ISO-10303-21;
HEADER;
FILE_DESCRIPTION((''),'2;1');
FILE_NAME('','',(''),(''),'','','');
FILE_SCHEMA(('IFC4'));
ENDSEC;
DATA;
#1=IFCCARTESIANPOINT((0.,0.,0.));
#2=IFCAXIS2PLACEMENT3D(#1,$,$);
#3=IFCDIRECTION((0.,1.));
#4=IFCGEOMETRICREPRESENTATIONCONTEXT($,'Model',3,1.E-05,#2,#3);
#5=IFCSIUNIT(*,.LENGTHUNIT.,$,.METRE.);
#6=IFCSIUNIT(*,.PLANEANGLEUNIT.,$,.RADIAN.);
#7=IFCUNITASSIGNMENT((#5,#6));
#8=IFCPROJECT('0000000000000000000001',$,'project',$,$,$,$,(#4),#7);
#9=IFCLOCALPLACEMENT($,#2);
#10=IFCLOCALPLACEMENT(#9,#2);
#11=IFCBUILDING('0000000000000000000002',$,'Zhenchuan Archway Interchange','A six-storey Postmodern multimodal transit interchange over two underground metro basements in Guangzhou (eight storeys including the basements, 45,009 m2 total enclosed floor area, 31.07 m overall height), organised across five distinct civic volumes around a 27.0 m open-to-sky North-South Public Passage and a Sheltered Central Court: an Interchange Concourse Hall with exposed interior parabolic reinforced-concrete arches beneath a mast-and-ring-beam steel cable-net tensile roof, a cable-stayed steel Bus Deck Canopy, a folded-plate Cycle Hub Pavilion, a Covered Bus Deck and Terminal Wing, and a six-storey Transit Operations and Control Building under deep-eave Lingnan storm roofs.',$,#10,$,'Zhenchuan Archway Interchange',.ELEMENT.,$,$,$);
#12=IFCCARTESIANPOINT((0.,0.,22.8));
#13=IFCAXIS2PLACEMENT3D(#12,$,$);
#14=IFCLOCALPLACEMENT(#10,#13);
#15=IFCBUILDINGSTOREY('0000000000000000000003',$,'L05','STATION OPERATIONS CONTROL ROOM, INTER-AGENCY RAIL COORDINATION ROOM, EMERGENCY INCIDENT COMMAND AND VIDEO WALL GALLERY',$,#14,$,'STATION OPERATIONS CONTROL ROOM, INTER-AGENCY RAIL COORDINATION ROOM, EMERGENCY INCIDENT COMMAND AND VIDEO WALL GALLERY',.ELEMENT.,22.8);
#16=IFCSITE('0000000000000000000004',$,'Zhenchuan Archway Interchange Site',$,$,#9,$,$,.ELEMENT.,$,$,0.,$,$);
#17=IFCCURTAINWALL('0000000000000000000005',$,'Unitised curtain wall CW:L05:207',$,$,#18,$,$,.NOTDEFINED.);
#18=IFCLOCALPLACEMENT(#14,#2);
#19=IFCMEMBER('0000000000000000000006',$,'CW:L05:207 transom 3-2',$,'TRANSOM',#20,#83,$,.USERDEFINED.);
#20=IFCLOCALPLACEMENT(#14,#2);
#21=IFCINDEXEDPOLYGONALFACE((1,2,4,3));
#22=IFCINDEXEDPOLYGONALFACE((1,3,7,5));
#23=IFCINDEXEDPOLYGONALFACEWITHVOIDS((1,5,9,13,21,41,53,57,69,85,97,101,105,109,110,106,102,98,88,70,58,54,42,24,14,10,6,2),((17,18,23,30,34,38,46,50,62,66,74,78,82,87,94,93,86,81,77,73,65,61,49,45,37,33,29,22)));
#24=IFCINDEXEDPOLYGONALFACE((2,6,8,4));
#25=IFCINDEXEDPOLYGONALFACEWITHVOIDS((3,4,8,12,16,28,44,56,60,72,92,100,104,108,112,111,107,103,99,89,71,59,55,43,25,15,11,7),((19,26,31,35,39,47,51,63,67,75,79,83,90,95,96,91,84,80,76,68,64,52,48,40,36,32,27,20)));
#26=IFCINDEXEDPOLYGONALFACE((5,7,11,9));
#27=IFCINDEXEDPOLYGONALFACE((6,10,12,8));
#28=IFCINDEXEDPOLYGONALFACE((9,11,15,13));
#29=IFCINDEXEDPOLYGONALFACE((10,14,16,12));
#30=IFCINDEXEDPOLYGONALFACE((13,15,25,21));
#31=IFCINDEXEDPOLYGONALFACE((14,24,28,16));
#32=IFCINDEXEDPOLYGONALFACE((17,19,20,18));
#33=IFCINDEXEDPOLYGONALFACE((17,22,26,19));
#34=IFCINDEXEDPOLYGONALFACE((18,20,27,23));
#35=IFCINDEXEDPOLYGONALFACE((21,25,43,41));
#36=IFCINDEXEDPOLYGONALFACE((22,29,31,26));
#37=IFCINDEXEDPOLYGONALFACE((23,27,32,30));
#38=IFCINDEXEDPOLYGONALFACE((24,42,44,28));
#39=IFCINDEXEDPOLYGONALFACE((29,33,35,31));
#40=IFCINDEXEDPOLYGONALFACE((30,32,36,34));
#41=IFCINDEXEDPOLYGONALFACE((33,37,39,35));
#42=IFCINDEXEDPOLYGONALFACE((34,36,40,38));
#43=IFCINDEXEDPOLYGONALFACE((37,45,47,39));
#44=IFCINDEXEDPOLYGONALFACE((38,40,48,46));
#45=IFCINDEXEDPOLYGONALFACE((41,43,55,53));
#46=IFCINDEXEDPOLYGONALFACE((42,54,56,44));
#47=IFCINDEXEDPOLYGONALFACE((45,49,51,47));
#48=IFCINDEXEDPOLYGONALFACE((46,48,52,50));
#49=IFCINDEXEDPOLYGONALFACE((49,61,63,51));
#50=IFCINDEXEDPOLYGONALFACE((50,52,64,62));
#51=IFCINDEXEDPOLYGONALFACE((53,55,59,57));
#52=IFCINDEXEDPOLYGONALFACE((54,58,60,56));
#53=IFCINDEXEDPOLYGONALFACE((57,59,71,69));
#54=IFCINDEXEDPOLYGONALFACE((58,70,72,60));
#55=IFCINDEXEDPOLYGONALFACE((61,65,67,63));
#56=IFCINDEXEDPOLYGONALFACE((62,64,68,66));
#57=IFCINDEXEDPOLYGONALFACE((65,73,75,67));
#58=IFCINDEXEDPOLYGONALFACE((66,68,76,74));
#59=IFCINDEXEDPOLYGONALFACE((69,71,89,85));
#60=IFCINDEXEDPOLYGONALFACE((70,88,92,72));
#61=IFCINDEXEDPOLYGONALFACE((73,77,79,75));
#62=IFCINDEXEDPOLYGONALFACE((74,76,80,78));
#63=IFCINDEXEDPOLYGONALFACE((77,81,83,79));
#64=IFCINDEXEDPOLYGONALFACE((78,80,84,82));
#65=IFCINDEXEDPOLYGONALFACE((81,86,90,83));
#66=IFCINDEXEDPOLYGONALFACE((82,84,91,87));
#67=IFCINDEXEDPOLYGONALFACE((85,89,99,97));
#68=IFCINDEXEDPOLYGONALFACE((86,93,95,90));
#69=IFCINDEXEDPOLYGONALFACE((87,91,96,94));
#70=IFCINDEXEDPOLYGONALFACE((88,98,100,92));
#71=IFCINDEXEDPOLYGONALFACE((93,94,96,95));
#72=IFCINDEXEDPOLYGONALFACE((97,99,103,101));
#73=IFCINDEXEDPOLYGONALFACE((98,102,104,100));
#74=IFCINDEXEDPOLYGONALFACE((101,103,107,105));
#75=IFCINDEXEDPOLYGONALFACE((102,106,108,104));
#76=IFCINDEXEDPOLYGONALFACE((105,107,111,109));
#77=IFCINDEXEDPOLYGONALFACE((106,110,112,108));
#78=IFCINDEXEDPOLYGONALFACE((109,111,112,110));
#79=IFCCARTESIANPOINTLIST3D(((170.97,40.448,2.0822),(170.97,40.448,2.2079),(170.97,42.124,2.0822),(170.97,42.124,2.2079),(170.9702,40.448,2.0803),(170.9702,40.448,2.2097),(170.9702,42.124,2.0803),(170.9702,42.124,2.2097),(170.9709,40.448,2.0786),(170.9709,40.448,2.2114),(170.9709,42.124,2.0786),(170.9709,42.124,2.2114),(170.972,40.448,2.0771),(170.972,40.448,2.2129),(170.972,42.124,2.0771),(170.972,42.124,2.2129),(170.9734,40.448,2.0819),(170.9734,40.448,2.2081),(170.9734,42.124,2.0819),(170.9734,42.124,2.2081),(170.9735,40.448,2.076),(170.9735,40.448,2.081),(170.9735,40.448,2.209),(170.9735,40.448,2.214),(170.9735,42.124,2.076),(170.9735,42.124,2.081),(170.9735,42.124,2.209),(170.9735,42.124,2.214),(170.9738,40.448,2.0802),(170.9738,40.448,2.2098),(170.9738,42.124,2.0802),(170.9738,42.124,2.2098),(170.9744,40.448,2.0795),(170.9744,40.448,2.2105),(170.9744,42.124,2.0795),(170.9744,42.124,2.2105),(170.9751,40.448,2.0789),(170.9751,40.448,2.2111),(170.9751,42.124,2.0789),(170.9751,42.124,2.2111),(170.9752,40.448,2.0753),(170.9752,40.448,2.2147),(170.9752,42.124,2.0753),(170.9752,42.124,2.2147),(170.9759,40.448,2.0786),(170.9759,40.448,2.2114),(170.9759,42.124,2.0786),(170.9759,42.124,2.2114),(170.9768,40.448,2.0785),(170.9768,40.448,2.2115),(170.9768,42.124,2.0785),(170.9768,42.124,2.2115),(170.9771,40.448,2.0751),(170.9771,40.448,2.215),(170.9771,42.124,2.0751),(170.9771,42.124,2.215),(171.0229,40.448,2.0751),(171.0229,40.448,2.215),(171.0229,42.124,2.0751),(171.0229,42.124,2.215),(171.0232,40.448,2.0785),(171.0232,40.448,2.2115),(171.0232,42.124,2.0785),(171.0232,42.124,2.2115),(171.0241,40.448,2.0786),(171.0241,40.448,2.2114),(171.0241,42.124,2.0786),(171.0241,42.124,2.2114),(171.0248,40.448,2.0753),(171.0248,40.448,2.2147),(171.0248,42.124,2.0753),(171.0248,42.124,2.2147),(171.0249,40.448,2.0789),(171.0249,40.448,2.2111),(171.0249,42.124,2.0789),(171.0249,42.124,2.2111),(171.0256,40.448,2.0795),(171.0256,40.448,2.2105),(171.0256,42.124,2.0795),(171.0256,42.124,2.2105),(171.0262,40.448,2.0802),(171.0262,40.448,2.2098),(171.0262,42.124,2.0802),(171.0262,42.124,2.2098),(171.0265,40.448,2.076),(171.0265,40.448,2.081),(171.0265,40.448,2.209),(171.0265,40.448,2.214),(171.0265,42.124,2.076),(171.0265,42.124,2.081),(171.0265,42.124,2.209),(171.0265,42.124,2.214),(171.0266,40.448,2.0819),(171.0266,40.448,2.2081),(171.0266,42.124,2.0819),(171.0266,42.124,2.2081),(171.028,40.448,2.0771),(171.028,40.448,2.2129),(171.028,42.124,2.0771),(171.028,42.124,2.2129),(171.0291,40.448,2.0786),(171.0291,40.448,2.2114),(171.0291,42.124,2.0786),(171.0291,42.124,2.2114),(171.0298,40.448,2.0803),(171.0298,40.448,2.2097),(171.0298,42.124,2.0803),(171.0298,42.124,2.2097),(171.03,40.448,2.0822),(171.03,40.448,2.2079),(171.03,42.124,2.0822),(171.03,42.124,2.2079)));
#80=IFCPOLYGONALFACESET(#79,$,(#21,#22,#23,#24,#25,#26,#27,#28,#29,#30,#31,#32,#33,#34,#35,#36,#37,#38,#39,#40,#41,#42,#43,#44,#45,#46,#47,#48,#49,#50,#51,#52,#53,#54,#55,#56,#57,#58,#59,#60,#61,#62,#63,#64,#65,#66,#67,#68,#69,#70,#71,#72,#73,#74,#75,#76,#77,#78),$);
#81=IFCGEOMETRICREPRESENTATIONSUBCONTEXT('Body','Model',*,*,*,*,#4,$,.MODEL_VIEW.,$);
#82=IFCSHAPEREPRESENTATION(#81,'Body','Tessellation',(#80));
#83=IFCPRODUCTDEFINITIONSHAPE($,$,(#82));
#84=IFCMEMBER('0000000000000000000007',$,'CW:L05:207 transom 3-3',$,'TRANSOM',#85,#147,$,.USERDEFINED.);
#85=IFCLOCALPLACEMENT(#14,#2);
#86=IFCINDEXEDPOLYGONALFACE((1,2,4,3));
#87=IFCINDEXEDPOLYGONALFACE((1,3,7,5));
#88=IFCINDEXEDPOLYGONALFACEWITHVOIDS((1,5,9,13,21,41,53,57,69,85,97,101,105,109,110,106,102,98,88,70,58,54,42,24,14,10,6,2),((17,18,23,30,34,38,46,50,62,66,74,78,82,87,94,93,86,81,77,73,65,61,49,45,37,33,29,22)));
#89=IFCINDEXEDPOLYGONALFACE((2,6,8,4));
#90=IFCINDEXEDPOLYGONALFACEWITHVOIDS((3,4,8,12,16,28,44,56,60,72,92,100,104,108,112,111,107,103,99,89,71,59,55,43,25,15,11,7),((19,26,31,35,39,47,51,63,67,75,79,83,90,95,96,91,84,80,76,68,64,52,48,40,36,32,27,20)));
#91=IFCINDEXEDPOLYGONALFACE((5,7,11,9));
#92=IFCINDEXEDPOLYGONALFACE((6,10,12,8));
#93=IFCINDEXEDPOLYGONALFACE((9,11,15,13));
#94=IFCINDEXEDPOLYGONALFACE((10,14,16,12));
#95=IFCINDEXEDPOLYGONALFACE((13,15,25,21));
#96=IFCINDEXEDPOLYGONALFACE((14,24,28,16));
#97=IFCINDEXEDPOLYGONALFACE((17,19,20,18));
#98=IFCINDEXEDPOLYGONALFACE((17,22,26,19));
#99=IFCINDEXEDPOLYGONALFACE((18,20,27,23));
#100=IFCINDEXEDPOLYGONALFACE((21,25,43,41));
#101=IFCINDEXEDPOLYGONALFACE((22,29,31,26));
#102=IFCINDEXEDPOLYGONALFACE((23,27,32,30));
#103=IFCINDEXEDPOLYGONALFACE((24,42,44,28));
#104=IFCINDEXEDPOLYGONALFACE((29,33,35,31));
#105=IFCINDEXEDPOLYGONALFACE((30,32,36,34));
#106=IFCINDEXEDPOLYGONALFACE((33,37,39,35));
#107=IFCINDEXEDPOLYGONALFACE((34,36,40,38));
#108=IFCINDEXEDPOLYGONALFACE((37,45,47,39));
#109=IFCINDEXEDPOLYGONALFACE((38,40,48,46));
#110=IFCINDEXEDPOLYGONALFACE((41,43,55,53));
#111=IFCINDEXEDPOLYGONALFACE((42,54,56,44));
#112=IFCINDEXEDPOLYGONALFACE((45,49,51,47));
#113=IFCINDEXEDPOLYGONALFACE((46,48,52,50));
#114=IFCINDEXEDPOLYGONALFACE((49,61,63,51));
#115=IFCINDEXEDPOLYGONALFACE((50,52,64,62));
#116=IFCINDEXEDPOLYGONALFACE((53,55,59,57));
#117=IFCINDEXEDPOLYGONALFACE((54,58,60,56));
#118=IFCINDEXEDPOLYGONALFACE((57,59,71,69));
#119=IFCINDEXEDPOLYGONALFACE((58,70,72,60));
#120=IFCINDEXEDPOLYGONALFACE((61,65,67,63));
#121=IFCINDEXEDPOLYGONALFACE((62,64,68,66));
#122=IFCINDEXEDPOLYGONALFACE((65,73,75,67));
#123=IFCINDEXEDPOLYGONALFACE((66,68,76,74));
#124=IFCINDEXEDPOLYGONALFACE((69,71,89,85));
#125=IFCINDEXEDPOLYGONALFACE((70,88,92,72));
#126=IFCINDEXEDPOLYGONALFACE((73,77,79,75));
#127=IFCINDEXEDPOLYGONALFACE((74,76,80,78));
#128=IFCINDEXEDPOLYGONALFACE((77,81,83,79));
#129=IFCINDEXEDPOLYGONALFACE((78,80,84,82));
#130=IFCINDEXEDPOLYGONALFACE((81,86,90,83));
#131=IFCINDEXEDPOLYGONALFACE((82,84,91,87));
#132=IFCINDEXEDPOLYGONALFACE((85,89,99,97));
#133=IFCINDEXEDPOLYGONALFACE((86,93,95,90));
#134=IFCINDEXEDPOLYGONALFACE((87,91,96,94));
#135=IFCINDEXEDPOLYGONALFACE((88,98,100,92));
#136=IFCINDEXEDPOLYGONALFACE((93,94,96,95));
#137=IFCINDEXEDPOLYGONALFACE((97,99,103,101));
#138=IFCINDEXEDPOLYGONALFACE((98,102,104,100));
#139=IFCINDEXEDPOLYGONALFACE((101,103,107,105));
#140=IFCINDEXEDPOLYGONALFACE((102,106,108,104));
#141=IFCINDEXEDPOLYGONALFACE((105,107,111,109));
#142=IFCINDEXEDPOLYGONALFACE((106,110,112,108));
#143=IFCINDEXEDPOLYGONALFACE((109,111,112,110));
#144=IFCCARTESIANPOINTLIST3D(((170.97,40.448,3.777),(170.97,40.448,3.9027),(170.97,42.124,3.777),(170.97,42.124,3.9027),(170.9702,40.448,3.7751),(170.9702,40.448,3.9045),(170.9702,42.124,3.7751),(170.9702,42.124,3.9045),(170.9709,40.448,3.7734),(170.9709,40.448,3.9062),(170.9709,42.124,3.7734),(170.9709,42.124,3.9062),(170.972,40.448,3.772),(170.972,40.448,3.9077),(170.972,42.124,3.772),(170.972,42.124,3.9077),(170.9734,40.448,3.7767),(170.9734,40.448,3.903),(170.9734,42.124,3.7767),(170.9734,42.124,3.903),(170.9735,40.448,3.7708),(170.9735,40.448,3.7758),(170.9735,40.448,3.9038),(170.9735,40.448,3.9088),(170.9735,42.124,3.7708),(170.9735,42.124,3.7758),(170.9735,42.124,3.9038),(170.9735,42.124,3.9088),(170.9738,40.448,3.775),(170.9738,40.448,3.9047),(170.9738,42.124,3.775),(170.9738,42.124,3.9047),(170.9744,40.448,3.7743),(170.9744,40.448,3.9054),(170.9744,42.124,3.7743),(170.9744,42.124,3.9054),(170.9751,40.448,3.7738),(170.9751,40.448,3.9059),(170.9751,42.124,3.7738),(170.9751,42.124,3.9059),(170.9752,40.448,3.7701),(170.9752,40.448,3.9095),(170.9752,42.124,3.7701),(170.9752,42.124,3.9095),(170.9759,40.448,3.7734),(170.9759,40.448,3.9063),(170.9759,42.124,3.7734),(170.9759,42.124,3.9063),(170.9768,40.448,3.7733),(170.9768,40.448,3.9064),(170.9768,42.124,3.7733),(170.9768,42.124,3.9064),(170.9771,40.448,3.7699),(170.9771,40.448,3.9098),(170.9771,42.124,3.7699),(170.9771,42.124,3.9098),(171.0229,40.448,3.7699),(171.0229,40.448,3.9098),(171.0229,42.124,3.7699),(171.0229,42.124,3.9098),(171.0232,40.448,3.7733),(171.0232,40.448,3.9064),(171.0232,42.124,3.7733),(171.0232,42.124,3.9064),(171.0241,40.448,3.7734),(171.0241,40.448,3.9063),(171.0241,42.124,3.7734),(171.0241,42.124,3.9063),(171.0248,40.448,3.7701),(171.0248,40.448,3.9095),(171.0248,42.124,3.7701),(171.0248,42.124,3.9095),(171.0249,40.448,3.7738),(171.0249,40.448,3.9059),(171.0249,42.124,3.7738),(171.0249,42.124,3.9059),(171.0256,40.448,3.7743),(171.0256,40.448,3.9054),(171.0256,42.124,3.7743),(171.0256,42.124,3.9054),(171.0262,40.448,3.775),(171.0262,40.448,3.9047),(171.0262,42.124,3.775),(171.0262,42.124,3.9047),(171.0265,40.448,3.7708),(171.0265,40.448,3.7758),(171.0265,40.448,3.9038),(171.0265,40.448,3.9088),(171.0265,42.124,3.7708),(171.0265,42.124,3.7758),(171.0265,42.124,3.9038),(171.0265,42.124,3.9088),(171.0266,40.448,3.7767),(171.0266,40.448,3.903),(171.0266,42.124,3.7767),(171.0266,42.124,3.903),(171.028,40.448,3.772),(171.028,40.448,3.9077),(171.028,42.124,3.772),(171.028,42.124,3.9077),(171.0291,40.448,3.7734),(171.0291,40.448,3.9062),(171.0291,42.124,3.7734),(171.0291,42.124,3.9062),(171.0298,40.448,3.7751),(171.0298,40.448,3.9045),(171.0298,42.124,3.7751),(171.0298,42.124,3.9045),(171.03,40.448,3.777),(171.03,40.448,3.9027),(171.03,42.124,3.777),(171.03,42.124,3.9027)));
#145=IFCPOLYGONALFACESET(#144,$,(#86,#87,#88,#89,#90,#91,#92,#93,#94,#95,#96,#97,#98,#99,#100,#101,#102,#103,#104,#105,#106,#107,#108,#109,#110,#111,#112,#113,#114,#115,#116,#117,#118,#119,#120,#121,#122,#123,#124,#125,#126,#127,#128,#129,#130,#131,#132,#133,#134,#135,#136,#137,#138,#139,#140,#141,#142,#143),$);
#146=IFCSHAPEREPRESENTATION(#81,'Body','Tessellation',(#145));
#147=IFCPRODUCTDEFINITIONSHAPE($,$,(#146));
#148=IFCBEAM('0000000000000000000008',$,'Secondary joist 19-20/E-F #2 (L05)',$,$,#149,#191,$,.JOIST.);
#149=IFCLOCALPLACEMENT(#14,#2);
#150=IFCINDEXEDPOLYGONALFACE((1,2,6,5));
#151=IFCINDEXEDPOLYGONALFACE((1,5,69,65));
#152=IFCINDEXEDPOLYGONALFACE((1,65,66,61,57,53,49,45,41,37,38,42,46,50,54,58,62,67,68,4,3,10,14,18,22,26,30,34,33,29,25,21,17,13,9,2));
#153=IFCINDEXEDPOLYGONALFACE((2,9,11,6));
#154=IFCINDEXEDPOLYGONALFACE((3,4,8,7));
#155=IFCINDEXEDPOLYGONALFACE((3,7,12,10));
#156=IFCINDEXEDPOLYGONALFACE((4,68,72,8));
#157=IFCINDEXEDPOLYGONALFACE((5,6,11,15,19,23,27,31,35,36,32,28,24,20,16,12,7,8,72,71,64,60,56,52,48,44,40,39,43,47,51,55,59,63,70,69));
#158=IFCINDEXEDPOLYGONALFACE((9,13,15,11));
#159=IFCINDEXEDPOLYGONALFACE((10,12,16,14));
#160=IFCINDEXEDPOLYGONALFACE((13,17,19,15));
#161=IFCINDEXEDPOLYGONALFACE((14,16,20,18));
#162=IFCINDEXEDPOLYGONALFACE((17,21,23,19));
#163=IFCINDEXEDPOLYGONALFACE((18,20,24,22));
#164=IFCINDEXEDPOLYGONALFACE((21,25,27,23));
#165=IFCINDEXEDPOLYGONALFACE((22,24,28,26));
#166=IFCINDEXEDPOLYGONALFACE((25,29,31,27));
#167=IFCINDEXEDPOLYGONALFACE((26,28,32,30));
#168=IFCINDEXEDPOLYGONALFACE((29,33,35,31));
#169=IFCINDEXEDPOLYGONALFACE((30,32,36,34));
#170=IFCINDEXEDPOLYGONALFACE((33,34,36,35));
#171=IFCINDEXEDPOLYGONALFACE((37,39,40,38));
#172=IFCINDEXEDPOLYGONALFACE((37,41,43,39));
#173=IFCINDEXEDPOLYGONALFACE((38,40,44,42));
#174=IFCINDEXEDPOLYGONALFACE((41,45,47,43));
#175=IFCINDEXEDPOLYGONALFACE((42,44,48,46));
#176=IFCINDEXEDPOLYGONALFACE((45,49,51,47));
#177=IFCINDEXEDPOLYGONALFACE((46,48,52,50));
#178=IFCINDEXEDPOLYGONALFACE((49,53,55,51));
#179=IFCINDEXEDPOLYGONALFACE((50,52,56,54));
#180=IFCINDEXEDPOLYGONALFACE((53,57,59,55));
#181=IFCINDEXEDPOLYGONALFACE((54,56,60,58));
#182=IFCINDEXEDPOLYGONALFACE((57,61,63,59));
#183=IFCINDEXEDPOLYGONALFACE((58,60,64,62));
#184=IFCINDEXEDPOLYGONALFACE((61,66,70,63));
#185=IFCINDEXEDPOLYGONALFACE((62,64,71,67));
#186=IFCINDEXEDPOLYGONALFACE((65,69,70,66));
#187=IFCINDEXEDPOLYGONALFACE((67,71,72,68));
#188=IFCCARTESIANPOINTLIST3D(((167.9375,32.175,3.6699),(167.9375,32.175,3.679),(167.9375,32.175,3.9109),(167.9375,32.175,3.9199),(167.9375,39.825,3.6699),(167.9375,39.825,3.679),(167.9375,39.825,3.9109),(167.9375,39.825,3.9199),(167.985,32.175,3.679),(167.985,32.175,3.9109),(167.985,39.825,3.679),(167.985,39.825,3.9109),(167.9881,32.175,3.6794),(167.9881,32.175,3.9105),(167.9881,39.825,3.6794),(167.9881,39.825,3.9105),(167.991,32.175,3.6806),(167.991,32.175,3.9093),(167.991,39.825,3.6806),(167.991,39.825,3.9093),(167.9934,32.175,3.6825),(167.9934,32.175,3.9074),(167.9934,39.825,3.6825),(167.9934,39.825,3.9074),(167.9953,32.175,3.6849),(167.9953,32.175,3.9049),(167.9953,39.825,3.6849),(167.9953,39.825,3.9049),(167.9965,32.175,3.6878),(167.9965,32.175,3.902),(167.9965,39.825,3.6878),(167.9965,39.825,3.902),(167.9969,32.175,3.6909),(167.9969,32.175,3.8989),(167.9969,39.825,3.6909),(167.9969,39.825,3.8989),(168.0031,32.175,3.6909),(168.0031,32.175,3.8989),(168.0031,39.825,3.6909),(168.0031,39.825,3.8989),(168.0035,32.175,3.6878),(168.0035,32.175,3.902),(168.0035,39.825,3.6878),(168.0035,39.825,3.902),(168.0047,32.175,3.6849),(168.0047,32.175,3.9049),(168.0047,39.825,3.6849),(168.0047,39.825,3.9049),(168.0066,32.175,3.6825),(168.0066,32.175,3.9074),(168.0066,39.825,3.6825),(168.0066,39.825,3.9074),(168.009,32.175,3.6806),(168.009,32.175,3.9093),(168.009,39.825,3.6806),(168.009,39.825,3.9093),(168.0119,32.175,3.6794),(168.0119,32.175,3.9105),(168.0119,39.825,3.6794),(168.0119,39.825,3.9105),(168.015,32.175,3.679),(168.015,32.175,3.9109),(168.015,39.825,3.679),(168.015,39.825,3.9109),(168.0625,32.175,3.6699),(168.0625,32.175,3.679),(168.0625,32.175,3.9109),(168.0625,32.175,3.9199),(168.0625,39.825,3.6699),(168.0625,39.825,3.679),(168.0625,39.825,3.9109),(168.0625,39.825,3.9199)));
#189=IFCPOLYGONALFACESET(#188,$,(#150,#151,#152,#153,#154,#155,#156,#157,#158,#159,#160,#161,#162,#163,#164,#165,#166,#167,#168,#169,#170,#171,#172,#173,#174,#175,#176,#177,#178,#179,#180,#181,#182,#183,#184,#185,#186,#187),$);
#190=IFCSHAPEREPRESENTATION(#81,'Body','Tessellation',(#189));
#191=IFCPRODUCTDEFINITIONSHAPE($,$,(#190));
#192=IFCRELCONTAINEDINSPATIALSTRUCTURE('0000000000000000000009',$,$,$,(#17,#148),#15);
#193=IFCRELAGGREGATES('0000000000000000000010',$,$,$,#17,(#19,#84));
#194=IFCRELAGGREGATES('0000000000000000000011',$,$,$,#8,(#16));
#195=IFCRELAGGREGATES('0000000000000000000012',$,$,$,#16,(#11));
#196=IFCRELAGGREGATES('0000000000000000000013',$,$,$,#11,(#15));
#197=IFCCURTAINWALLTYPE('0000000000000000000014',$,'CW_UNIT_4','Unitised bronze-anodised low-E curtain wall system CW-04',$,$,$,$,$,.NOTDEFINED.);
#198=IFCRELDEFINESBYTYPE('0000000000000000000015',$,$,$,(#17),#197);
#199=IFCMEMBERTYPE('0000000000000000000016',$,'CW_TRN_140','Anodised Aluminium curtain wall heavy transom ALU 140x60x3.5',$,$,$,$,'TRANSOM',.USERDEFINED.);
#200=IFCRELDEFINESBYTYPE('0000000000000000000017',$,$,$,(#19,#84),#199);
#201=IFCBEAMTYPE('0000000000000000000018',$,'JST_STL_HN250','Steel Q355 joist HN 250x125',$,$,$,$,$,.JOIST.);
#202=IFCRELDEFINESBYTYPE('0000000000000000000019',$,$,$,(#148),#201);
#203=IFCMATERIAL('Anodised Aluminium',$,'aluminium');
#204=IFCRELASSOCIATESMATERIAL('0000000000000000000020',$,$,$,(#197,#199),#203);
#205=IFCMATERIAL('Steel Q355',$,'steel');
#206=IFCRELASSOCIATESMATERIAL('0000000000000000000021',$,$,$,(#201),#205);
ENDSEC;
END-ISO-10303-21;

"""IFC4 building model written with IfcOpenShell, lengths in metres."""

from ifc_helpers import new_model, si_unit, direction, frame, origin, origin_2d, place, context, subcontext, project, spatial, hollow_rectangle, i_section, extrude, material, material_profile, profile_set, type_object, element, aggregate, save


model = new_model("IFC4")

# Units and contexts
model_context = context("Model", 3, precision=1e-05, world=origin(), true_north=direction((0.0, 1.0)))
body_context = subcontext(model_context, "Body", "Model", "MODEL_VIEW")
ifc_project = project(units=[si_unit("LENGTHUNIT", "METRE"), si_unit("PLANEANGLEUNIT", "RADIAN")], contexts=[model_context])

# Site, building, storey
site_placement = place(None, origin())
site = spatial("IfcSite", under=ifc_project, at=site_placement, Name="Zhenchuan Archway Interchange Site", CompositionType="ELEMENT", RefElevation=0.0)
building_placement = place(site_placement, origin())
building = spatial("IfcBuilding", under=site, at=building_placement, Name="Zhenchuan Archway Interchange", Description="A six-storey Postmodern multimodal transit interchange over two underground metro basements in Guangzhou (eight storeys including the basements, 45,009 m2 total enclosed floor area, 31.07 m overall height), organised across five distinct civic volumes around a 27.0 m open-to-sky North-South Public Passage and a Sheltered Central Court: an Interchange Concourse Hall with exposed interior parabolic reinforced-concrete arches beneath a mast-and-ring-beam steel cable-net tensile roof, a cable-stayed steel Bus Deck Canopy, a folded-plate Cycle Hub Pavilion, a Covered Bus Deck and Terminal Wing, and a six-storey Transit Operations and Control Building under deep-eave Lingnan storm roofs.", LongName="Zhenchuan Archway Interchange", CompositionType="ELEMENT")
storey_placement = place(building_placement, frame((0.0, 0.0, 22.8)))
storey = spatial("IfcBuildingStorey", under=building, at=storey_placement, Name="L05", Description="STATION OPERATIONS CONTROL ROOM, INTER-AGENCY RAIL COORDINATION ROOM, EMERGENCY INCIDENT COMMAND AND VIDEO WALL GALLERY", LongName="STATION OPERATIONS CONTROL ROOM, INTER-AGENCY RAIL COORDINATION ROOM, EMERGENCY INCIDENT COMMAND AND VIDEO WALL GALLERY", CompositionType="ELEMENT", Elevation=22.8)

# Shared definitions
ifc_material_1 = material(Name="Steel Q355", Category="steel")

# Curtain wall, members
ifc_material_2 = material(Name="Anodised Aluminium", Category="aluminium")
curtain_wall_type = type_object("IfcCurtainWallType", Name="CW_UNIT_4", Description="Unitised bronze-anodised low-E curtain wall system CW-04", PredefinedType="NOTDEFINED", material=ifc_material_2)
curtain_wall_placement = place(storey_placement, origin())
curtain_wall = element("IfcCurtainWall", 1, at=curtain_wall_placement, inside=storey, type_object=curtain_wall_type, Name="Unitised curtain wall CW:L05:207", PredefinedType="NOTDEFINED")
ifc_material_profile_1 = material_profile(ifc_material_2, hollow_rectangle(XDim=0.0601, YDim=0.1399, WallThickness=0.0034, InnerFilletRadius=0.0034, OuterFilletRadius=0.0071, at=origin_2d()), Name="ALU 140x60x3.5")
ifc_profile_set_1 = profile_set([ifc_material_profile_1], Name="Anodised Aluminium")
member_type_1 = type_object("IfcMemberType", Name="CW_TRN_140", Description="Anodised Aluminium curtain wall heavy transom ALU 140x60x3.5", ElementType="TRANSOM", PredefinedType="USERDEFINED", material=ifc_profile_set_1)
member_1_placement = place(storey_placement, frame((171.0, 42.124, 2.145), z_axis=(0.0, -1.0, 0.0), x_axis=(1.0, 0.0, 0.0)))
member_1 = element("IfcMember", 2, at=member_1_placement, type_object=member_type_1, Name="CW:L05:207 transom 3-2", ObjectType="TRANSOM", PredefinedType="USERDEFINED", context=body_context, shape_type="SweptSolid", body=[
    extrude(hollow_rectangle(XDim=0.0601, YDim=0.1399, WallThickness=0.0034, InnerFilletRadius=0.0034, OuterFilletRadius=0.0071, at=origin_2d()), origin(), (0.0, 0.0, 1.0), 1.676),
])
member_2_placement = place(storey_placement, frame((171.0, 42.124, 3.8398), z_axis=(0.0, -1.0, 0.0), x_axis=(1.0, 0.0, 0.0)))
member_2 = element("IfcMember", 3, at=member_2_placement, type_object=member_type_1, Name="CW:L05:207 transom 3-3", ObjectType="TRANSOM", PredefinedType="USERDEFINED", context=body_context, shape_type="SweptSolid", body=[
    extrude(hollow_rectangle(XDim=0.0601, YDim=0.1399, WallThickness=0.0034, InnerFilletRadius=0.0034, OuterFilletRadius=0.0071, at=origin_2d()), origin(), (0.0, 0.0, 1.0), 1.676),
])

# Beam
ifc_material_profile_2 = material_profile(ifc_material_1, i_section(OverallWidth=0.125, OverallDepth=0.25, WebThickness=0.0061, FlangeThickness=0.009, FilletRadius=0.012, at=origin_2d()), Name="HN 250x125")
ifc_profile_set_2 = profile_set([ifc_material_profile_2], Name="Steel Q355")
beam_type_1 = type_object("IfcBeamType", Name="JST_STL_HN250", Description="Steel Q355 joist HN 250x125", PredefinedType="JOIST", material=ifc_profile_set_2)
beam_1_placement = place(storey_placement, frame((168.0, 32.175, 3.7949), z_axis=(0.0, 1.0, 0.0), x_axis=(-1.0, 0.0, 0.0)))
element("IfcBeam", 4, at=beam_1_placement, inside=storey, type_object=beam_type_1, Name="Secondary joist 19-20/E-F #2 (L05)", PredefinedType="JOIST", context=body_context, shape_type="SweptSolid", body=[
    extrude(i_section(OverallWidth=0.125, OverallDepth=0.25, WebThickness=0.0061, FlangeThickness=0.009, FilletRadius=0.012, at=origin_2d()), origin(), (0.0, 0.0, 1.0), 7.6499),
])

aggregate(curtain_wall, [member_1, member_2])

save(model, "model.ifc")
